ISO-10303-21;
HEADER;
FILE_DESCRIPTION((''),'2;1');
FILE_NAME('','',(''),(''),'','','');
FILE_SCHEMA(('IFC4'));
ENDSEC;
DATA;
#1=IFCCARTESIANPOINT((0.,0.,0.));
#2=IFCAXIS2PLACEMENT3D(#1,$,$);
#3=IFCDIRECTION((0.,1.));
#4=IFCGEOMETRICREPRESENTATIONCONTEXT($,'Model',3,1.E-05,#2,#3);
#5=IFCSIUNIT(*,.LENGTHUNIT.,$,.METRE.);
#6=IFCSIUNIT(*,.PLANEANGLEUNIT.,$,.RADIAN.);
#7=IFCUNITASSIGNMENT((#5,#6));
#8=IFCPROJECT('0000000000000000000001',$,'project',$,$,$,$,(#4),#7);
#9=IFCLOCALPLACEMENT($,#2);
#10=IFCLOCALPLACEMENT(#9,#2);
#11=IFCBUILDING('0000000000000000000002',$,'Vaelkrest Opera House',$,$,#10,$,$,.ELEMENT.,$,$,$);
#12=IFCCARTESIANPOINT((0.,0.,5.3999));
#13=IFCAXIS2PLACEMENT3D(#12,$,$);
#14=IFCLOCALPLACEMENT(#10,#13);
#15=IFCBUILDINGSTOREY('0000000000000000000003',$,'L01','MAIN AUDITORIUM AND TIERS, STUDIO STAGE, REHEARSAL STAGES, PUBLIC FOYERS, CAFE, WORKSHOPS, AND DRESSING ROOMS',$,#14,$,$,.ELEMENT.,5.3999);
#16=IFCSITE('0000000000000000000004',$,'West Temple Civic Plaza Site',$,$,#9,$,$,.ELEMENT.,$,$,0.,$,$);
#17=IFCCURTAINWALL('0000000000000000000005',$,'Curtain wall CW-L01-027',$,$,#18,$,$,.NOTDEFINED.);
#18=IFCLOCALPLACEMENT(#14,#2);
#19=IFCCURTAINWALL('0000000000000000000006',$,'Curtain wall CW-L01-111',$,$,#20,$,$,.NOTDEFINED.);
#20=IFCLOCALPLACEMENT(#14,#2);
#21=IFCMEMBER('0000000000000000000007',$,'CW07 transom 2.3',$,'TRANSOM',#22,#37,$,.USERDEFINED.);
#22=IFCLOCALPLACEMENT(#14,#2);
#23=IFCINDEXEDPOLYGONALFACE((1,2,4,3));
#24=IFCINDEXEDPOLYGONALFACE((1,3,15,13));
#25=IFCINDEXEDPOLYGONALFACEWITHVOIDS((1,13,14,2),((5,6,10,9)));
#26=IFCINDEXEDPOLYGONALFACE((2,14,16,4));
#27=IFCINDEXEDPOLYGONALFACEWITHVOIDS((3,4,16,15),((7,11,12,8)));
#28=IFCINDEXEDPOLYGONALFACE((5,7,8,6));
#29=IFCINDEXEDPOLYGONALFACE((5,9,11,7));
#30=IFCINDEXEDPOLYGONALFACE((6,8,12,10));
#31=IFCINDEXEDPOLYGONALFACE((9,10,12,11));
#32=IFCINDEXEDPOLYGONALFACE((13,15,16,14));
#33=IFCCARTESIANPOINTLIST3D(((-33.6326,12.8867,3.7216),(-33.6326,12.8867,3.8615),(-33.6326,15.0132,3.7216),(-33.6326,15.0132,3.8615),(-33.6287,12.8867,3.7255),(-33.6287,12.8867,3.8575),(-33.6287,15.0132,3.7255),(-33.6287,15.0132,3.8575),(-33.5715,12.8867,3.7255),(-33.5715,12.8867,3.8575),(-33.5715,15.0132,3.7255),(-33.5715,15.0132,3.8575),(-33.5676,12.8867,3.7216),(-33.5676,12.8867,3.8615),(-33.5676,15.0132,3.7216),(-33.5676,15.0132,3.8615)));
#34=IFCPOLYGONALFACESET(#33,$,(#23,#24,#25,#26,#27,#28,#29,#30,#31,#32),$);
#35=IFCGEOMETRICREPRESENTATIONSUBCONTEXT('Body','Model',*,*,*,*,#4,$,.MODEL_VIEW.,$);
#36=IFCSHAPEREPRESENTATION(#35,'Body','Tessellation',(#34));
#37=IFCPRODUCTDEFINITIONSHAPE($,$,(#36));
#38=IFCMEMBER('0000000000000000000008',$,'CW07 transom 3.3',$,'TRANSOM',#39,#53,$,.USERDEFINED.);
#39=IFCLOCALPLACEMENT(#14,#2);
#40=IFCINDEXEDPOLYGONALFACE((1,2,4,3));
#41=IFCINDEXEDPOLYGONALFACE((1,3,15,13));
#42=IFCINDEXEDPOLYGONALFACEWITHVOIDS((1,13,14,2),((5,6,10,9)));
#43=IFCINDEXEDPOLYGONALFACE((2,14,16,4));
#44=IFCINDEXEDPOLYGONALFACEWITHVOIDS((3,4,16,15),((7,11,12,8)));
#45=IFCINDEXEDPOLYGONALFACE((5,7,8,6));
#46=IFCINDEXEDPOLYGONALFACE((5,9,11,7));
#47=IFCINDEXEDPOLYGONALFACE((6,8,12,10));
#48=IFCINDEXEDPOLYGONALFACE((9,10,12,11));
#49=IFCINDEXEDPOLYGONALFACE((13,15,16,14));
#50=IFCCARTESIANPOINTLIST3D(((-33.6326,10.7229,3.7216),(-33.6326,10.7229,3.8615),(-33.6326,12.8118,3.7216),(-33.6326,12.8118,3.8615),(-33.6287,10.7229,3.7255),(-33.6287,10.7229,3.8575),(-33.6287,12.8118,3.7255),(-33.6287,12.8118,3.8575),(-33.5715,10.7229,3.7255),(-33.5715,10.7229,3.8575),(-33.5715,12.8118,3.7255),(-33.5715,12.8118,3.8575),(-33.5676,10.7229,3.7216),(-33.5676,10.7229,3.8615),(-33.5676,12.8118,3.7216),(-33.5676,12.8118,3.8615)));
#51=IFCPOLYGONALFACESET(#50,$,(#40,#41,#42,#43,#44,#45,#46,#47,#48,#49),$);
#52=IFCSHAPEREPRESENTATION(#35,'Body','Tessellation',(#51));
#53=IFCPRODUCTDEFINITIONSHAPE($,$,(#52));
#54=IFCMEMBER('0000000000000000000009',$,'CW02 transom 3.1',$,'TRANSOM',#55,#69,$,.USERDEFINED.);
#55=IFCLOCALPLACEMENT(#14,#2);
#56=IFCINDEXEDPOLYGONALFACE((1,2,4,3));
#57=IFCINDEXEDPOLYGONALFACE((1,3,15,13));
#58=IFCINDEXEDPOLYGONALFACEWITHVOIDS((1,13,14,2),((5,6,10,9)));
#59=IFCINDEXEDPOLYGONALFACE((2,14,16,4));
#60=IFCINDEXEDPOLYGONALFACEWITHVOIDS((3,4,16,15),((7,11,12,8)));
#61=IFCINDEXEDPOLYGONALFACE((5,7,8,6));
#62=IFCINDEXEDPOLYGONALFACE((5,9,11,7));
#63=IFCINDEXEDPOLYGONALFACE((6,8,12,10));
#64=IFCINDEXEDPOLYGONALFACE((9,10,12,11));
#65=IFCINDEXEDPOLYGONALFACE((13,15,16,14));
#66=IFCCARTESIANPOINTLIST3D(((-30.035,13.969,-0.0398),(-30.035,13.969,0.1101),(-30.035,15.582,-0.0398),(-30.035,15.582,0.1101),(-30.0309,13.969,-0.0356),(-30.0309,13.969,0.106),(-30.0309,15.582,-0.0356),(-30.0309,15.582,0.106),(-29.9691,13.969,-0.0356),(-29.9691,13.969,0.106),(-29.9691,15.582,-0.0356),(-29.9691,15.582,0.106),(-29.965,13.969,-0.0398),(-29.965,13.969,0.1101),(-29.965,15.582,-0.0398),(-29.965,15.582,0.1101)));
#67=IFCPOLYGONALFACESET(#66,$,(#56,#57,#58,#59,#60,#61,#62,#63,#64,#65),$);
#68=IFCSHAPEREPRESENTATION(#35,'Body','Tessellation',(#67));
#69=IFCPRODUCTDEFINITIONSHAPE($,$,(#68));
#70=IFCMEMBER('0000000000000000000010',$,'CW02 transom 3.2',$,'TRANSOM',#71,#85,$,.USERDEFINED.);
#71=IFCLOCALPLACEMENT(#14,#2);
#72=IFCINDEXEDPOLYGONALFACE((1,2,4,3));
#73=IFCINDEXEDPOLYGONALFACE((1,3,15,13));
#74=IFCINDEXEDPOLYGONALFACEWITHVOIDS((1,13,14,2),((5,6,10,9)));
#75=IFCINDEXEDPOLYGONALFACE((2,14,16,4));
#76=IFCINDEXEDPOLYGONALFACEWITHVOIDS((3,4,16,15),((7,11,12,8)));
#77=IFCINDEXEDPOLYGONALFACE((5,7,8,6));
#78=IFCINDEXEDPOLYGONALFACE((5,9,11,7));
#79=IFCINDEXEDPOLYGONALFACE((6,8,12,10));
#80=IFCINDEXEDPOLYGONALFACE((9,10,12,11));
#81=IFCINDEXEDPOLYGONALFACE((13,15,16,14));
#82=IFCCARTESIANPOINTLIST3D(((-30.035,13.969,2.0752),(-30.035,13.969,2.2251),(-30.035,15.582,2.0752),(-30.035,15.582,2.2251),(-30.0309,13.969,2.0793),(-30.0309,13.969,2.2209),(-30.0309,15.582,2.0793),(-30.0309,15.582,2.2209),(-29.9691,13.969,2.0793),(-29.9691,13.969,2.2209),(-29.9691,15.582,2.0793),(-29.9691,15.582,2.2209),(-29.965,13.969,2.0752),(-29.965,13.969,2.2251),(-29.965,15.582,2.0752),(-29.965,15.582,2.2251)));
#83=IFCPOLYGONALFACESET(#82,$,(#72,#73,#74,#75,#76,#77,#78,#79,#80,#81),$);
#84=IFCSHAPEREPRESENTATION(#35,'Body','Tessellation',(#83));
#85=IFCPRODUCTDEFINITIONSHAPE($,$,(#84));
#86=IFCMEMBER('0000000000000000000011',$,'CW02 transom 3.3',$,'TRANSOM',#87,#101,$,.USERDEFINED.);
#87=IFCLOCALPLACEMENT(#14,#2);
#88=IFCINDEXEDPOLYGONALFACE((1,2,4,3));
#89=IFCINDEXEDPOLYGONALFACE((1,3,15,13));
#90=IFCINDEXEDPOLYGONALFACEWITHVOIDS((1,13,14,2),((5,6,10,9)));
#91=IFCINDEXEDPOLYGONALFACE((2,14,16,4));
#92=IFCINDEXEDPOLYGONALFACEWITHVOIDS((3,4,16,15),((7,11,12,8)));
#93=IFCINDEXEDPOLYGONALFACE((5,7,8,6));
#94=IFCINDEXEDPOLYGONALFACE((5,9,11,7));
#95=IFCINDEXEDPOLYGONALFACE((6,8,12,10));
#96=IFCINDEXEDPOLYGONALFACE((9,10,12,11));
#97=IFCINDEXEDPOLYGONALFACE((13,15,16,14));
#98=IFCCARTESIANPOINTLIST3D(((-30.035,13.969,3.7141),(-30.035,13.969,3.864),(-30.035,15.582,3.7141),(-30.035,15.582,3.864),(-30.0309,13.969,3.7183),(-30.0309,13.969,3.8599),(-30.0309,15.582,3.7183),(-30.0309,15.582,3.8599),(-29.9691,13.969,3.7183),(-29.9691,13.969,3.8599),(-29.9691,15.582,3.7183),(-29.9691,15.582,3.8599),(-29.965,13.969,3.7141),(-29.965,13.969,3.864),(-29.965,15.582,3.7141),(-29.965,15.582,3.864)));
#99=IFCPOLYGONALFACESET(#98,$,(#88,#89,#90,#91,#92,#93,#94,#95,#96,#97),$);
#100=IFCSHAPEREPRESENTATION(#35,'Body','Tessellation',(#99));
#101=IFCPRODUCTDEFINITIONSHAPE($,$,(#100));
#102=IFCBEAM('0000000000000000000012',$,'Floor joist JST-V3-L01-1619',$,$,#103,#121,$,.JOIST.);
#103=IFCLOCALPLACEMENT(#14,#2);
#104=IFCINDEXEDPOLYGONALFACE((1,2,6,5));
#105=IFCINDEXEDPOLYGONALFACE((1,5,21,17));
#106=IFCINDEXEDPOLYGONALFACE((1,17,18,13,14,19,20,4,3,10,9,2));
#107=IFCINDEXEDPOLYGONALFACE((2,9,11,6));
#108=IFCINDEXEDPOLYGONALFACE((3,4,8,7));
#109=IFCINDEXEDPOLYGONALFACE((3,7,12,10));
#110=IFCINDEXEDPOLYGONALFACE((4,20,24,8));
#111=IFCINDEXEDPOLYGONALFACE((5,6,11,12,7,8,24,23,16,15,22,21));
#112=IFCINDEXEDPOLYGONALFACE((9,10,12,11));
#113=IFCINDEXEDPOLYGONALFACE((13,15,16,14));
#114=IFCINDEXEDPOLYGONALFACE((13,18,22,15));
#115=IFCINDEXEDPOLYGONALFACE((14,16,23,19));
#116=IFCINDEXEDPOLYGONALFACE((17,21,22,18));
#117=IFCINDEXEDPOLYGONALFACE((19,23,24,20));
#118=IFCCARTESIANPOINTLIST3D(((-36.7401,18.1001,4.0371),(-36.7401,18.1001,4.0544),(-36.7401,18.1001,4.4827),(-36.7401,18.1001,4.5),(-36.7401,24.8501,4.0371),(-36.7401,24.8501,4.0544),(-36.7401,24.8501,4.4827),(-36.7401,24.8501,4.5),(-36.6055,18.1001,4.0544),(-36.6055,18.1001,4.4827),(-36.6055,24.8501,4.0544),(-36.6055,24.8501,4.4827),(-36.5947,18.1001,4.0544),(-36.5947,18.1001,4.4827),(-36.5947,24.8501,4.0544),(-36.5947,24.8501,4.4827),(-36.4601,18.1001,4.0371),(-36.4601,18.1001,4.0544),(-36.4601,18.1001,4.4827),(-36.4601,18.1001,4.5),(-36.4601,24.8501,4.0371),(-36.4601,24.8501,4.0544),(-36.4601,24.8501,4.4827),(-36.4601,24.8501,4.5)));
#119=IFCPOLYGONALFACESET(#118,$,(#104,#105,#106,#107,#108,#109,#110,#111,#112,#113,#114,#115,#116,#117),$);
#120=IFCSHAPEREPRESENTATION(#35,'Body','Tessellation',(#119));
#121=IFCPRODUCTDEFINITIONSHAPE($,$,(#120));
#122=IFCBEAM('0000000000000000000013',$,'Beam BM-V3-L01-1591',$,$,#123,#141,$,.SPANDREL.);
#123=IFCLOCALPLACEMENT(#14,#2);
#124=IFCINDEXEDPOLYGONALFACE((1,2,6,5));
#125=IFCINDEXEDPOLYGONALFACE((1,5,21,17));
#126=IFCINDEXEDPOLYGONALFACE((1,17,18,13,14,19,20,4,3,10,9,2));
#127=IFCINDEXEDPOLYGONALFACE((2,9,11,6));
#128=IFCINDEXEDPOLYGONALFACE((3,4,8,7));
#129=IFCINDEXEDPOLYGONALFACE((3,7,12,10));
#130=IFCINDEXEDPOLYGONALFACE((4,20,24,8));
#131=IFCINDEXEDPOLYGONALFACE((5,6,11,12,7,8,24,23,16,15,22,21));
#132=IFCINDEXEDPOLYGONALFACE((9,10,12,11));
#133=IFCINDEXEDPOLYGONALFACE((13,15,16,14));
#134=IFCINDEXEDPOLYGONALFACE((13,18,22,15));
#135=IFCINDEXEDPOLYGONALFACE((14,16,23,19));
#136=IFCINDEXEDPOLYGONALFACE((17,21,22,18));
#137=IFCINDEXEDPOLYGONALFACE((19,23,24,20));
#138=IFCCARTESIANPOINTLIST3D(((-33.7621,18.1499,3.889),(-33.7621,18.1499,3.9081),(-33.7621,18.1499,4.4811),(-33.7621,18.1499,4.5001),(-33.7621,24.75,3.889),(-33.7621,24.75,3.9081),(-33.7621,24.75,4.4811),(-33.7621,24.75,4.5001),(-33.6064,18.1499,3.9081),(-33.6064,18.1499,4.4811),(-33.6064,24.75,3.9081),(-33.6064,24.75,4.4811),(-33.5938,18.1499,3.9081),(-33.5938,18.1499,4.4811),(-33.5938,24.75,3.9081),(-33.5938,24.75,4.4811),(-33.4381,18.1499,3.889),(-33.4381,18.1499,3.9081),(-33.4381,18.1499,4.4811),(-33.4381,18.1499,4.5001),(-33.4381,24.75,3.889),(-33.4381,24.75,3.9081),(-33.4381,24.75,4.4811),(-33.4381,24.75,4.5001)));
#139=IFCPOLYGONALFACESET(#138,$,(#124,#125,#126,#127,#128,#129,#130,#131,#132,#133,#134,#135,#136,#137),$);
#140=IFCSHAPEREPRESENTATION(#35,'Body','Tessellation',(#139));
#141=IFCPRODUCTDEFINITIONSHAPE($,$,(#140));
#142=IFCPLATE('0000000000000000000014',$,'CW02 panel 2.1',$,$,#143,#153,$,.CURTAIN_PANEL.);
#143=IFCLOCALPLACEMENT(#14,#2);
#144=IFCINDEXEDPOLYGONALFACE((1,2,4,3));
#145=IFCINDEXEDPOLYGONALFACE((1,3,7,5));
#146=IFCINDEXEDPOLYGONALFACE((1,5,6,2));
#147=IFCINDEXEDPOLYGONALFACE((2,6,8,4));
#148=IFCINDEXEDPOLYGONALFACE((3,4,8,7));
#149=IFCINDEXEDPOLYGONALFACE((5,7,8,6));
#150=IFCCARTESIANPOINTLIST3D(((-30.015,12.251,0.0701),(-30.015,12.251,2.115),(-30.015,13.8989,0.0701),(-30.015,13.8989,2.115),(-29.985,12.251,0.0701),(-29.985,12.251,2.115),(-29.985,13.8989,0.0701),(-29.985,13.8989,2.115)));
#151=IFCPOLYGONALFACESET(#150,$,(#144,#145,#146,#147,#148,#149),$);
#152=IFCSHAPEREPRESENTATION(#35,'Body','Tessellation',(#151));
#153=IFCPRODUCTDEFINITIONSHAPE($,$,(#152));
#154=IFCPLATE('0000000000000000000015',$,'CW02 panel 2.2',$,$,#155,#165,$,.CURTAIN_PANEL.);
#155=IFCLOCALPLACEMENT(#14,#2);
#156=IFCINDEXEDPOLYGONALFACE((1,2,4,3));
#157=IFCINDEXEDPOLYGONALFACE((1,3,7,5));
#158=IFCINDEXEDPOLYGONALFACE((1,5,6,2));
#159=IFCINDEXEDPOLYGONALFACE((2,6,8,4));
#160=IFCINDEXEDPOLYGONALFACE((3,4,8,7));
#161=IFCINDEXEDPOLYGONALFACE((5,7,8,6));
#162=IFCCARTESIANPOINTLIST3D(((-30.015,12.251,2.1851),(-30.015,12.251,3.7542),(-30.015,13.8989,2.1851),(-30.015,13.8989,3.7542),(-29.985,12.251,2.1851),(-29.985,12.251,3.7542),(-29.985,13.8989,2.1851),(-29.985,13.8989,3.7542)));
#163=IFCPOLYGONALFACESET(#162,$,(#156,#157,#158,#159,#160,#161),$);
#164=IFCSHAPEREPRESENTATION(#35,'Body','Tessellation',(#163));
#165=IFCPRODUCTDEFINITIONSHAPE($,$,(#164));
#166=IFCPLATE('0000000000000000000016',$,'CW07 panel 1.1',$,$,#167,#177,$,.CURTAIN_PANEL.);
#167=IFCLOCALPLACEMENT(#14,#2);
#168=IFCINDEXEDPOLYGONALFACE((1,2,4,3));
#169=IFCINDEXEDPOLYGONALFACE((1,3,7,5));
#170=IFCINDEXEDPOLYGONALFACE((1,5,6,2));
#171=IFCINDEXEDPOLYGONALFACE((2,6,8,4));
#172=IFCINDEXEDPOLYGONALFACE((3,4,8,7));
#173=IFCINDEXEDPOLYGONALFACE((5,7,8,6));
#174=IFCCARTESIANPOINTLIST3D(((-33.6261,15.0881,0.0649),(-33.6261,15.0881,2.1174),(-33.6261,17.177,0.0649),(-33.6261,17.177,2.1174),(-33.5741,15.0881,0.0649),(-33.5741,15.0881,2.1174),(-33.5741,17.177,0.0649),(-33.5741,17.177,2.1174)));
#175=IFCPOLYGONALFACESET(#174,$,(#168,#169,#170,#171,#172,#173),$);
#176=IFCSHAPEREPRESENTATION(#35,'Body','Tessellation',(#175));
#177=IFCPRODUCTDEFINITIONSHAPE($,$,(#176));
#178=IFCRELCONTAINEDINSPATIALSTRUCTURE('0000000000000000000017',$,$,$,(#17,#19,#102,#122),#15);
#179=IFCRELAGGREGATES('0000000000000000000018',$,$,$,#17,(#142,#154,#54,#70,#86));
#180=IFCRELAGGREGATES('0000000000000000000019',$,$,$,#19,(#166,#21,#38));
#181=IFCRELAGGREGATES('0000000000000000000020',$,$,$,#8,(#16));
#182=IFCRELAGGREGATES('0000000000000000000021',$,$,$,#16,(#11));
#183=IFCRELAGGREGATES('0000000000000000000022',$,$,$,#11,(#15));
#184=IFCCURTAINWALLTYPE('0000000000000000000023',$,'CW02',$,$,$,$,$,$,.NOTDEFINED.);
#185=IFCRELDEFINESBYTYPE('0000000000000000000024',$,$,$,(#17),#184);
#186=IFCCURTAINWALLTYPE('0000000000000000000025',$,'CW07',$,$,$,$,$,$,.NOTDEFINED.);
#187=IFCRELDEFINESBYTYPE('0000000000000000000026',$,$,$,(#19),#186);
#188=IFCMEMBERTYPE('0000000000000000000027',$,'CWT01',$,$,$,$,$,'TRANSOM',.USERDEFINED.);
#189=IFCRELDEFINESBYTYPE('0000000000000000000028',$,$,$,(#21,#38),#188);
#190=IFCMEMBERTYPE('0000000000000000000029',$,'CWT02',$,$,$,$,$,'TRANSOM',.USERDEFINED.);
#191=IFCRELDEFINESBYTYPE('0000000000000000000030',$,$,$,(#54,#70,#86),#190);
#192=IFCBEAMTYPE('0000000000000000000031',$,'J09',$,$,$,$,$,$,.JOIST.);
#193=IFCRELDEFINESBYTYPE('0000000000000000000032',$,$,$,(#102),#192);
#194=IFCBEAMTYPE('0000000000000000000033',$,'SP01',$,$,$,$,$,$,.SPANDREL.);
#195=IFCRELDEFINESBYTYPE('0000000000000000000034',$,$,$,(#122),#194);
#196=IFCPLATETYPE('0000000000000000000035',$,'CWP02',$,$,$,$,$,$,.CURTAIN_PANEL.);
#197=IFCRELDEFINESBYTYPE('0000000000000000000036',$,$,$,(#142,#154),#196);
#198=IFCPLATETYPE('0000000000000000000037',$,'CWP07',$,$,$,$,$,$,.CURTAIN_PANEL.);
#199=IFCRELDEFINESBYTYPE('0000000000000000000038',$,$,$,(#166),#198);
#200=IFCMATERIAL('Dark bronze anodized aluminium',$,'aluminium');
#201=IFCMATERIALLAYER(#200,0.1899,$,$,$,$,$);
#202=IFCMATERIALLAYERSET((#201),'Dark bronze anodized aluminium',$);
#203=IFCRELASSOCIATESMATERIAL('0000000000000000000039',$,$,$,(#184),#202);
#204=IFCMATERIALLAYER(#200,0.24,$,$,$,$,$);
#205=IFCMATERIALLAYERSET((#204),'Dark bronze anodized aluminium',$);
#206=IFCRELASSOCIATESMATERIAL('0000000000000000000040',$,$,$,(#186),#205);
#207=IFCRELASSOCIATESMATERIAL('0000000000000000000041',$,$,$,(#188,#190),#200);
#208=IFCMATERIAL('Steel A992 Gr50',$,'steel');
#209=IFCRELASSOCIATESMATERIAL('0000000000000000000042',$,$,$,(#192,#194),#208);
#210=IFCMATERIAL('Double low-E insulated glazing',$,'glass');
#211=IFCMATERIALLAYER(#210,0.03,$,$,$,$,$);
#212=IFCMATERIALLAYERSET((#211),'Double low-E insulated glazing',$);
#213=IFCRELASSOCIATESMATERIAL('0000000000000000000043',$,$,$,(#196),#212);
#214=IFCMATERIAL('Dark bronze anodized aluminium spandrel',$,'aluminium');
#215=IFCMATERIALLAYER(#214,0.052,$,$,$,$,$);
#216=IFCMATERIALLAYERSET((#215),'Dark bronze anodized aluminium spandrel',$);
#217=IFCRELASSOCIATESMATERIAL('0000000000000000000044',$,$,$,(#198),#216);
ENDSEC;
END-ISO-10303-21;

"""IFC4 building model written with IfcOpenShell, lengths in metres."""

from ifc_helpers import new_model, si_unit, direction, frame, origin, origin_2d, place, context, subcontext, project, spatial, rectangle, hollow_rectangle, i_section, extrude, material, layer, layer_set, material_profile, profile_set, type_object, element, aggregate, save


model = new_model("IFC4")

# Units and contexts
model_context = context("Model", 3, precision=1e-05, world=origin(), true_north=direction((0.0, 1.0)))
body_context = subcontext(model_context, "Body", "Model", "MODEL_VIEW")
ifc_project = project(units=[si_unit("LENGTHUNIT", "METRE"), si_unit("PLANEANGLEUNIT", "RADIAN")], contexts=[model_context])

# Site, building, storey
site_placement = place(None, origin())
site = spatial("IfcSite", under=ifc_project, at=site_placement, Name="West Temple Civic Plaza Site", CompositionType="ELEMENT", RefElevation=0.0)
building_placement = place(site_placement, origin())
building = spatial("IfcBuilding", under=site, at=building_placement, Name="Vaelkrest Opera House", CompositionType="ELEMENT")
storey_placement = place(building_placement, frame((0.0, 0.0, 5.3999)))
storey = spatial("IfcBuildingStorey", under=building, at=storey_placement, Name="L01", Description="MAIN AUDITORIUM AND TIERS, STUDIO STAGE, REHEARSAL STAGES, PUBLIC FOYERS, CAFE, WORKSHOPS, AND DRESSING ROOMS", CompositionType="ELEMENT", Elevation=5.3999)

# Curtain wall
ifc_material_1 = material(Name="Dark bronze anodized aluminium", Category="aluminium")
ifc_layer_1 = layer(ifc_material_1, 0.1899)
ifc_layer_set_1 = layer_set([ifc_layer_1], Name="Dark bronze anodized aluminium")
curtain_wall_type_1 = type_object("IfcCurtainWallType", Name="CW02", PredefinedType="NOTDEFINED", material=ifc_layer_set_1)
curtain_wall_1_placement = place(storey_placement, origin())
curtain_wall_1 = element("IfcCurtainWall", 1, at=curtain_wall_1_placement, inside=storey, type_object=curtain_wall_type_1, Name="Curtain wall CW-L01-027", PredefinedType="NOTDEFINED")

# Curtain wall, members
ifc_layer_2 = layer(ifc_material_1, 0.24)
ifc_layer_set_2 = layer_set([ifc_layer_2], Name="Dark bronze anodized aluminium")
curtain_wall_type_2 = type_object("IfcCurtainWallType", Name="CW07", PredefinedType="NOTDEFINED", material=ifc_layer_set_2)
curtain_wall_2_placement = place(storey_placement, origin())
curtain_wall_2 = element("IfcCurtainWall", 2, at=curtain_wall_2_placement, inside=storey, type_object=curtain_wall_type_2, Name="Curtain wall CW-L01-111", PredefinedType="NOTDEFINED")
ifc_material_profile_1 = material_profile(ifc_material_1, hollow_rectangle(XDim=0.0649, YDim=0.1399, WallThickness=0.0039, at=origin_2d()), Name="CWT65X140")
ifc_profile_set_1 = profile_set([ifc_material_profile_1], Name="Dark bronze anodized aluminium")
member_type_1 = type_object("IfcMemberType", Name="CWT01", ElementType="TRANSOM", PredefinedType="USERDEFINED", material=ifc_profile_set_1)
member_1_placement = place(storey_placement, frame((-33.6001, 15.0132, 3.7915), z_axis=(0.0, -1.0, 0.0), x_axis=(1.0, 0.0, 0.0)))
member_1 = element("IfcMember", 3, at=member_1_placement, type_object=member_type_1, Name="CW07 transom 2.3", ObjectType="TRANSOM", PredefinedType="USERDEFINED", context=body_context, shape_type="SweptSolid", body=[
    extrude(hollow_rectangle(XDim=0.0649, YDim=0.1399, WallThickness=0.0039, at=origin_2d()), origin(), (0.0, 0.0, 1.0), 2.1265),
])
member_2_placement = place(storey_placement, frame((-33.6001, 12.8118, 3.7915), z_axis=(0.0, -1.0, 0.0), x_axis=(1.0, 0.0, 0.0)))
member_2 = element("IfcMember", 4, at=member_2_placement, type_object=member_type_1, Name="CW07 transom 3.3", ObjectType="TRANSOM", PredefinedType="USERDEFINED", context=body_context, shape_type="SweptSolid", body=[
    extrude(hollow_rectangle(XDim=0.0649, YDim=0.1399, WallThickness=0.0039, at=origin_2d()), origin(), (0.0, 0.0, 1.0), 2.0889),
])

# Members
ifc_material_profile_2 = material_profile(ifc_material_1, hollow_rectangle(XDim=0.0701, YDim=0.1499, WallThickness=0.0042, at=origin_2d()), Name="CWT70X150")
ifc_profile_set_2 = profile_set([ifc_material_profile_2], Name="Dark bronze anodized aluminium")
member_type_2 = type_object("IfcMemberType", Name="CWT02", ElementType="TRANSOM", PredefinedType="USERDEFINED", material=ifc_profile_set_2)
member_3_placement = place(storey_placement, frame((-30.0, 13.969, 0.0352), z_axis=(0.0, 1.0, 0.0), x_axis=(-1.0, 0.0, 0.0)))
member_3 = element("IfcMember", 5, at=member_3_placement, type_object=member_type_2, Name="CW02 transom 3.1", ObjectType="TRANSOM", PredefinedType="USERDEFINED", context=body_context, shape_type="SweptSolid", body=[
    extrude(hollow_rectangle(XDim=0.0701, YDim=0.1499, WallThickness=0.0042, at=origin_2d()), origin(), (0.0, 0.0, 1.0), 1.613),
])
member_4_placement = place(storey_placement, frame((-30.0, 13.969, 2.1501), z_axis=(0.0, 1.0, 0.0), x_axis=(-1.0, 0.0, 0.0)))
member_4 = element("IfcMember", 6, at=member_4_placement, type_object=member_type_2, Name="CW02 transom 3.2", ObjectType="TRANSOM", PredefinedType="USERDEFINED", context=body_context, shape_type="SweptSolid", body=[
    extrude(hollow_rectangle(XDim=0.0701, YDim=0.1499, WallThickness=0.0042, at=origin_2d()), origin(), (0.0, 0.0, 1.0), 1.613),
])
member_5_placement = place(storey_placement, frame((-30.0, 13.969, 3.7891), z_axis=(0.0, 1.0, 0.0), x_axis=(-1.0, 0.0, 0.0)))
member_5 = element("IfcMember", 7, at=member_5_placement, type_object=member_type_2, Name="CW02 transom 3.3", ObjectType="TRANSOM", PredefinedType="USERDEFINED", context=body_context, shape_type="SweptSolid", body=[
    extrude(hollow_rectangle(XDim=0.0701, YDim=0.1499, WallThickness=0.0042, at=origin_2d()), origin(), (0.0, 0.0, 1.0), 1.613),
])

# Beams
ifc_material_2 = material(Name="Steel A992 Gr50", Category="steel")
ifc_material_profile_3 = material_profile(ifc_material_2, i_section(OverallWidth=0.28, OverallDepth=0.4629, WebThickness=0.0107, FlangeThickness=0.0173, at=origin_2d()), Name="W18X76")
ifc_profile_set_3 = profile_set([ifc_material_profile_3], Name="Steel A992 Gr50")
beam_type_1 = type_object("IfcBeamType", Name="J09", PredefinedType="JOIST", material=ifc_profile_set_3)
beam_1_placement = place(storey_placement, frame((-36.6001, 18.1001, 4.2686), z_axis=(0.0, 1.0, 0.0), x_axis=(-1.0, 0.0, 0.0)))
element("IfcBeam", 8, at=beam_1_placement, inside=storey, type_object=beam_type_1, Name="Floor joist JST-V3-L01-1619", PredefinedType="JOIST", context=body_context, shape_type="SweptSolid", body=[
    extrude(i_section(OverallWidth=0.28, OverallDepth=0.4629, WebThickness=0.0107, FlangeThickness=0.0173, at=origin_2d()), origin(), (0.0, 0.0, 1.0), 6.75),
])
ifc_material_profile_4 = material_profile(ifc_material_2, i_section(OverallWidth=0.324, OverallDepth=0.6111, WebThickness=0.0127, FlangeThickness=0.019, at=origin_2d()), Name="W24X104")
ifc_profile_set_4 = profile_set([ifc_material_profile_4], Name="Steel A992 Gr50")
beam_type_2 = type_object("IfcBeamType", Name="SP01", PredefinedType="SPANDREL", material=ifc_profile_set_4)
beam_2_placement = place(storey_placement, frame((-33.6001, 18.1499, 4.1946), z_axis=(0.0, 1.0, 0.0), x_axis=(-1.0, 0.0, 0.0)))
element("IfcBeam", 9, at=beam_2_placement, inside=storey, type_object=beam_type_2, Name="Beam BM-V3-L01-1591", PredefinedType="SPANDREL", context=body_context, shape_type="SweptSolid", body=[
    extrude(i_section(OverallWidth=0.324, OverallDepth=0.6111, WebThickness=0.0127, FlangeThickness=0.019, at=origin_2d()), origin(), (0.0, 0.0, 1.0), 6.6001),
])

# Plates
ifc_material_3 = material(Name="Double low-E insulated glazing", Category="glass")
ifc_layer_3 = layer(ifc_material_3, 0.03)
ifc_layer_set_3 = layer_set([ifc_layer_3], Name="Double low-E insulated glazing")
plate_type_1 = type_object("IfcPlateType", Name="CWP02", PredefinedType="CURTAIN_PANEL", material=ifc_layer_set_3)
plate_1_placement = place(storey_placement, frame((-30.0, 13.075, 0.0701), z_axis=(0.0, 0.0, 1.0), x_axis=(0.0, 1.0, 0.0)))
plate_1 = element("IfcPlate", 10, at=plate_1_placement, type_object=plate_type_1, Name="CW02 panel 2.1", PredefinedType="CURTAIN_PANEL", context=body_context, shape_type="SweptSolid", body=[
    extrude(rectangle(XDim=1.6479, YDim=0.03, at=origin_2d()), origin(), (0.0, 0.0, 1.0), 2.0449),
])
plate_2_placement = place(storey_placement, frame((-30.0, 13.075, 2.1851), z_axis=(0.0, 0.0, 1.0), x_axis=(0.0, 1.0, 0.0)))
plate_2 = element("IfcPlate", 11, at=plate_2_placement, type_object=plate_type_1, Name="CW02 panel 2.2", PredefinedType="CURTAIN_PANEL", context=body_context, shape_type="SweptSolid", body=[
    extrude(rectangle(XDim=1.6479, YDim=0.03, at=origin_2d()), origin(), (0.0, 0.0, 1.0), 1.5691),
])
aggregate(curtain_wall_1, [plate_1, plate_2, member_3, member_4, member_5])
ifc_material_4 = material(Name="Dark bronze anodized aluminium spandrel", Category="aluminium")
ifc_layer_4 = layer(ifc_material_4, 0.052)
ifc_layer_set_4 = layer_set([ifc_layer_4], Name="Dark bronze anodized aluminium spandrel")
plate_type_2 = type_object("IfcPlateType", Name="CWP07", PredefinedType="CURTAIN_PANEL", material=ifc_layer_set_4)
plate_3_placement = place(storey_placement, frame((-33.6001, 16.1326, 0.0649), z_axis=(0.0, 0.0, 1.0), x_axis=(0.0, -1.0, 0.0)))
plate_3 = element("IfcPlate", 12, at=plate_3_placement, type_object=plate_type_2, Name="CW07 panel 1.1", PredefinedType="CURTAIN_PANEL", context=body_context, shape_type="SweptSolid", body=[
    extrude(rectangle(XDim=2.0889, YDim=0.052, at=origin_2d()), origin(), (0.0, 0.0, 1.0), 2.0525),
])
aggregate(curtain_wall_2, [plate_3, member_1, member_2])

save(model, "model.ifc")
